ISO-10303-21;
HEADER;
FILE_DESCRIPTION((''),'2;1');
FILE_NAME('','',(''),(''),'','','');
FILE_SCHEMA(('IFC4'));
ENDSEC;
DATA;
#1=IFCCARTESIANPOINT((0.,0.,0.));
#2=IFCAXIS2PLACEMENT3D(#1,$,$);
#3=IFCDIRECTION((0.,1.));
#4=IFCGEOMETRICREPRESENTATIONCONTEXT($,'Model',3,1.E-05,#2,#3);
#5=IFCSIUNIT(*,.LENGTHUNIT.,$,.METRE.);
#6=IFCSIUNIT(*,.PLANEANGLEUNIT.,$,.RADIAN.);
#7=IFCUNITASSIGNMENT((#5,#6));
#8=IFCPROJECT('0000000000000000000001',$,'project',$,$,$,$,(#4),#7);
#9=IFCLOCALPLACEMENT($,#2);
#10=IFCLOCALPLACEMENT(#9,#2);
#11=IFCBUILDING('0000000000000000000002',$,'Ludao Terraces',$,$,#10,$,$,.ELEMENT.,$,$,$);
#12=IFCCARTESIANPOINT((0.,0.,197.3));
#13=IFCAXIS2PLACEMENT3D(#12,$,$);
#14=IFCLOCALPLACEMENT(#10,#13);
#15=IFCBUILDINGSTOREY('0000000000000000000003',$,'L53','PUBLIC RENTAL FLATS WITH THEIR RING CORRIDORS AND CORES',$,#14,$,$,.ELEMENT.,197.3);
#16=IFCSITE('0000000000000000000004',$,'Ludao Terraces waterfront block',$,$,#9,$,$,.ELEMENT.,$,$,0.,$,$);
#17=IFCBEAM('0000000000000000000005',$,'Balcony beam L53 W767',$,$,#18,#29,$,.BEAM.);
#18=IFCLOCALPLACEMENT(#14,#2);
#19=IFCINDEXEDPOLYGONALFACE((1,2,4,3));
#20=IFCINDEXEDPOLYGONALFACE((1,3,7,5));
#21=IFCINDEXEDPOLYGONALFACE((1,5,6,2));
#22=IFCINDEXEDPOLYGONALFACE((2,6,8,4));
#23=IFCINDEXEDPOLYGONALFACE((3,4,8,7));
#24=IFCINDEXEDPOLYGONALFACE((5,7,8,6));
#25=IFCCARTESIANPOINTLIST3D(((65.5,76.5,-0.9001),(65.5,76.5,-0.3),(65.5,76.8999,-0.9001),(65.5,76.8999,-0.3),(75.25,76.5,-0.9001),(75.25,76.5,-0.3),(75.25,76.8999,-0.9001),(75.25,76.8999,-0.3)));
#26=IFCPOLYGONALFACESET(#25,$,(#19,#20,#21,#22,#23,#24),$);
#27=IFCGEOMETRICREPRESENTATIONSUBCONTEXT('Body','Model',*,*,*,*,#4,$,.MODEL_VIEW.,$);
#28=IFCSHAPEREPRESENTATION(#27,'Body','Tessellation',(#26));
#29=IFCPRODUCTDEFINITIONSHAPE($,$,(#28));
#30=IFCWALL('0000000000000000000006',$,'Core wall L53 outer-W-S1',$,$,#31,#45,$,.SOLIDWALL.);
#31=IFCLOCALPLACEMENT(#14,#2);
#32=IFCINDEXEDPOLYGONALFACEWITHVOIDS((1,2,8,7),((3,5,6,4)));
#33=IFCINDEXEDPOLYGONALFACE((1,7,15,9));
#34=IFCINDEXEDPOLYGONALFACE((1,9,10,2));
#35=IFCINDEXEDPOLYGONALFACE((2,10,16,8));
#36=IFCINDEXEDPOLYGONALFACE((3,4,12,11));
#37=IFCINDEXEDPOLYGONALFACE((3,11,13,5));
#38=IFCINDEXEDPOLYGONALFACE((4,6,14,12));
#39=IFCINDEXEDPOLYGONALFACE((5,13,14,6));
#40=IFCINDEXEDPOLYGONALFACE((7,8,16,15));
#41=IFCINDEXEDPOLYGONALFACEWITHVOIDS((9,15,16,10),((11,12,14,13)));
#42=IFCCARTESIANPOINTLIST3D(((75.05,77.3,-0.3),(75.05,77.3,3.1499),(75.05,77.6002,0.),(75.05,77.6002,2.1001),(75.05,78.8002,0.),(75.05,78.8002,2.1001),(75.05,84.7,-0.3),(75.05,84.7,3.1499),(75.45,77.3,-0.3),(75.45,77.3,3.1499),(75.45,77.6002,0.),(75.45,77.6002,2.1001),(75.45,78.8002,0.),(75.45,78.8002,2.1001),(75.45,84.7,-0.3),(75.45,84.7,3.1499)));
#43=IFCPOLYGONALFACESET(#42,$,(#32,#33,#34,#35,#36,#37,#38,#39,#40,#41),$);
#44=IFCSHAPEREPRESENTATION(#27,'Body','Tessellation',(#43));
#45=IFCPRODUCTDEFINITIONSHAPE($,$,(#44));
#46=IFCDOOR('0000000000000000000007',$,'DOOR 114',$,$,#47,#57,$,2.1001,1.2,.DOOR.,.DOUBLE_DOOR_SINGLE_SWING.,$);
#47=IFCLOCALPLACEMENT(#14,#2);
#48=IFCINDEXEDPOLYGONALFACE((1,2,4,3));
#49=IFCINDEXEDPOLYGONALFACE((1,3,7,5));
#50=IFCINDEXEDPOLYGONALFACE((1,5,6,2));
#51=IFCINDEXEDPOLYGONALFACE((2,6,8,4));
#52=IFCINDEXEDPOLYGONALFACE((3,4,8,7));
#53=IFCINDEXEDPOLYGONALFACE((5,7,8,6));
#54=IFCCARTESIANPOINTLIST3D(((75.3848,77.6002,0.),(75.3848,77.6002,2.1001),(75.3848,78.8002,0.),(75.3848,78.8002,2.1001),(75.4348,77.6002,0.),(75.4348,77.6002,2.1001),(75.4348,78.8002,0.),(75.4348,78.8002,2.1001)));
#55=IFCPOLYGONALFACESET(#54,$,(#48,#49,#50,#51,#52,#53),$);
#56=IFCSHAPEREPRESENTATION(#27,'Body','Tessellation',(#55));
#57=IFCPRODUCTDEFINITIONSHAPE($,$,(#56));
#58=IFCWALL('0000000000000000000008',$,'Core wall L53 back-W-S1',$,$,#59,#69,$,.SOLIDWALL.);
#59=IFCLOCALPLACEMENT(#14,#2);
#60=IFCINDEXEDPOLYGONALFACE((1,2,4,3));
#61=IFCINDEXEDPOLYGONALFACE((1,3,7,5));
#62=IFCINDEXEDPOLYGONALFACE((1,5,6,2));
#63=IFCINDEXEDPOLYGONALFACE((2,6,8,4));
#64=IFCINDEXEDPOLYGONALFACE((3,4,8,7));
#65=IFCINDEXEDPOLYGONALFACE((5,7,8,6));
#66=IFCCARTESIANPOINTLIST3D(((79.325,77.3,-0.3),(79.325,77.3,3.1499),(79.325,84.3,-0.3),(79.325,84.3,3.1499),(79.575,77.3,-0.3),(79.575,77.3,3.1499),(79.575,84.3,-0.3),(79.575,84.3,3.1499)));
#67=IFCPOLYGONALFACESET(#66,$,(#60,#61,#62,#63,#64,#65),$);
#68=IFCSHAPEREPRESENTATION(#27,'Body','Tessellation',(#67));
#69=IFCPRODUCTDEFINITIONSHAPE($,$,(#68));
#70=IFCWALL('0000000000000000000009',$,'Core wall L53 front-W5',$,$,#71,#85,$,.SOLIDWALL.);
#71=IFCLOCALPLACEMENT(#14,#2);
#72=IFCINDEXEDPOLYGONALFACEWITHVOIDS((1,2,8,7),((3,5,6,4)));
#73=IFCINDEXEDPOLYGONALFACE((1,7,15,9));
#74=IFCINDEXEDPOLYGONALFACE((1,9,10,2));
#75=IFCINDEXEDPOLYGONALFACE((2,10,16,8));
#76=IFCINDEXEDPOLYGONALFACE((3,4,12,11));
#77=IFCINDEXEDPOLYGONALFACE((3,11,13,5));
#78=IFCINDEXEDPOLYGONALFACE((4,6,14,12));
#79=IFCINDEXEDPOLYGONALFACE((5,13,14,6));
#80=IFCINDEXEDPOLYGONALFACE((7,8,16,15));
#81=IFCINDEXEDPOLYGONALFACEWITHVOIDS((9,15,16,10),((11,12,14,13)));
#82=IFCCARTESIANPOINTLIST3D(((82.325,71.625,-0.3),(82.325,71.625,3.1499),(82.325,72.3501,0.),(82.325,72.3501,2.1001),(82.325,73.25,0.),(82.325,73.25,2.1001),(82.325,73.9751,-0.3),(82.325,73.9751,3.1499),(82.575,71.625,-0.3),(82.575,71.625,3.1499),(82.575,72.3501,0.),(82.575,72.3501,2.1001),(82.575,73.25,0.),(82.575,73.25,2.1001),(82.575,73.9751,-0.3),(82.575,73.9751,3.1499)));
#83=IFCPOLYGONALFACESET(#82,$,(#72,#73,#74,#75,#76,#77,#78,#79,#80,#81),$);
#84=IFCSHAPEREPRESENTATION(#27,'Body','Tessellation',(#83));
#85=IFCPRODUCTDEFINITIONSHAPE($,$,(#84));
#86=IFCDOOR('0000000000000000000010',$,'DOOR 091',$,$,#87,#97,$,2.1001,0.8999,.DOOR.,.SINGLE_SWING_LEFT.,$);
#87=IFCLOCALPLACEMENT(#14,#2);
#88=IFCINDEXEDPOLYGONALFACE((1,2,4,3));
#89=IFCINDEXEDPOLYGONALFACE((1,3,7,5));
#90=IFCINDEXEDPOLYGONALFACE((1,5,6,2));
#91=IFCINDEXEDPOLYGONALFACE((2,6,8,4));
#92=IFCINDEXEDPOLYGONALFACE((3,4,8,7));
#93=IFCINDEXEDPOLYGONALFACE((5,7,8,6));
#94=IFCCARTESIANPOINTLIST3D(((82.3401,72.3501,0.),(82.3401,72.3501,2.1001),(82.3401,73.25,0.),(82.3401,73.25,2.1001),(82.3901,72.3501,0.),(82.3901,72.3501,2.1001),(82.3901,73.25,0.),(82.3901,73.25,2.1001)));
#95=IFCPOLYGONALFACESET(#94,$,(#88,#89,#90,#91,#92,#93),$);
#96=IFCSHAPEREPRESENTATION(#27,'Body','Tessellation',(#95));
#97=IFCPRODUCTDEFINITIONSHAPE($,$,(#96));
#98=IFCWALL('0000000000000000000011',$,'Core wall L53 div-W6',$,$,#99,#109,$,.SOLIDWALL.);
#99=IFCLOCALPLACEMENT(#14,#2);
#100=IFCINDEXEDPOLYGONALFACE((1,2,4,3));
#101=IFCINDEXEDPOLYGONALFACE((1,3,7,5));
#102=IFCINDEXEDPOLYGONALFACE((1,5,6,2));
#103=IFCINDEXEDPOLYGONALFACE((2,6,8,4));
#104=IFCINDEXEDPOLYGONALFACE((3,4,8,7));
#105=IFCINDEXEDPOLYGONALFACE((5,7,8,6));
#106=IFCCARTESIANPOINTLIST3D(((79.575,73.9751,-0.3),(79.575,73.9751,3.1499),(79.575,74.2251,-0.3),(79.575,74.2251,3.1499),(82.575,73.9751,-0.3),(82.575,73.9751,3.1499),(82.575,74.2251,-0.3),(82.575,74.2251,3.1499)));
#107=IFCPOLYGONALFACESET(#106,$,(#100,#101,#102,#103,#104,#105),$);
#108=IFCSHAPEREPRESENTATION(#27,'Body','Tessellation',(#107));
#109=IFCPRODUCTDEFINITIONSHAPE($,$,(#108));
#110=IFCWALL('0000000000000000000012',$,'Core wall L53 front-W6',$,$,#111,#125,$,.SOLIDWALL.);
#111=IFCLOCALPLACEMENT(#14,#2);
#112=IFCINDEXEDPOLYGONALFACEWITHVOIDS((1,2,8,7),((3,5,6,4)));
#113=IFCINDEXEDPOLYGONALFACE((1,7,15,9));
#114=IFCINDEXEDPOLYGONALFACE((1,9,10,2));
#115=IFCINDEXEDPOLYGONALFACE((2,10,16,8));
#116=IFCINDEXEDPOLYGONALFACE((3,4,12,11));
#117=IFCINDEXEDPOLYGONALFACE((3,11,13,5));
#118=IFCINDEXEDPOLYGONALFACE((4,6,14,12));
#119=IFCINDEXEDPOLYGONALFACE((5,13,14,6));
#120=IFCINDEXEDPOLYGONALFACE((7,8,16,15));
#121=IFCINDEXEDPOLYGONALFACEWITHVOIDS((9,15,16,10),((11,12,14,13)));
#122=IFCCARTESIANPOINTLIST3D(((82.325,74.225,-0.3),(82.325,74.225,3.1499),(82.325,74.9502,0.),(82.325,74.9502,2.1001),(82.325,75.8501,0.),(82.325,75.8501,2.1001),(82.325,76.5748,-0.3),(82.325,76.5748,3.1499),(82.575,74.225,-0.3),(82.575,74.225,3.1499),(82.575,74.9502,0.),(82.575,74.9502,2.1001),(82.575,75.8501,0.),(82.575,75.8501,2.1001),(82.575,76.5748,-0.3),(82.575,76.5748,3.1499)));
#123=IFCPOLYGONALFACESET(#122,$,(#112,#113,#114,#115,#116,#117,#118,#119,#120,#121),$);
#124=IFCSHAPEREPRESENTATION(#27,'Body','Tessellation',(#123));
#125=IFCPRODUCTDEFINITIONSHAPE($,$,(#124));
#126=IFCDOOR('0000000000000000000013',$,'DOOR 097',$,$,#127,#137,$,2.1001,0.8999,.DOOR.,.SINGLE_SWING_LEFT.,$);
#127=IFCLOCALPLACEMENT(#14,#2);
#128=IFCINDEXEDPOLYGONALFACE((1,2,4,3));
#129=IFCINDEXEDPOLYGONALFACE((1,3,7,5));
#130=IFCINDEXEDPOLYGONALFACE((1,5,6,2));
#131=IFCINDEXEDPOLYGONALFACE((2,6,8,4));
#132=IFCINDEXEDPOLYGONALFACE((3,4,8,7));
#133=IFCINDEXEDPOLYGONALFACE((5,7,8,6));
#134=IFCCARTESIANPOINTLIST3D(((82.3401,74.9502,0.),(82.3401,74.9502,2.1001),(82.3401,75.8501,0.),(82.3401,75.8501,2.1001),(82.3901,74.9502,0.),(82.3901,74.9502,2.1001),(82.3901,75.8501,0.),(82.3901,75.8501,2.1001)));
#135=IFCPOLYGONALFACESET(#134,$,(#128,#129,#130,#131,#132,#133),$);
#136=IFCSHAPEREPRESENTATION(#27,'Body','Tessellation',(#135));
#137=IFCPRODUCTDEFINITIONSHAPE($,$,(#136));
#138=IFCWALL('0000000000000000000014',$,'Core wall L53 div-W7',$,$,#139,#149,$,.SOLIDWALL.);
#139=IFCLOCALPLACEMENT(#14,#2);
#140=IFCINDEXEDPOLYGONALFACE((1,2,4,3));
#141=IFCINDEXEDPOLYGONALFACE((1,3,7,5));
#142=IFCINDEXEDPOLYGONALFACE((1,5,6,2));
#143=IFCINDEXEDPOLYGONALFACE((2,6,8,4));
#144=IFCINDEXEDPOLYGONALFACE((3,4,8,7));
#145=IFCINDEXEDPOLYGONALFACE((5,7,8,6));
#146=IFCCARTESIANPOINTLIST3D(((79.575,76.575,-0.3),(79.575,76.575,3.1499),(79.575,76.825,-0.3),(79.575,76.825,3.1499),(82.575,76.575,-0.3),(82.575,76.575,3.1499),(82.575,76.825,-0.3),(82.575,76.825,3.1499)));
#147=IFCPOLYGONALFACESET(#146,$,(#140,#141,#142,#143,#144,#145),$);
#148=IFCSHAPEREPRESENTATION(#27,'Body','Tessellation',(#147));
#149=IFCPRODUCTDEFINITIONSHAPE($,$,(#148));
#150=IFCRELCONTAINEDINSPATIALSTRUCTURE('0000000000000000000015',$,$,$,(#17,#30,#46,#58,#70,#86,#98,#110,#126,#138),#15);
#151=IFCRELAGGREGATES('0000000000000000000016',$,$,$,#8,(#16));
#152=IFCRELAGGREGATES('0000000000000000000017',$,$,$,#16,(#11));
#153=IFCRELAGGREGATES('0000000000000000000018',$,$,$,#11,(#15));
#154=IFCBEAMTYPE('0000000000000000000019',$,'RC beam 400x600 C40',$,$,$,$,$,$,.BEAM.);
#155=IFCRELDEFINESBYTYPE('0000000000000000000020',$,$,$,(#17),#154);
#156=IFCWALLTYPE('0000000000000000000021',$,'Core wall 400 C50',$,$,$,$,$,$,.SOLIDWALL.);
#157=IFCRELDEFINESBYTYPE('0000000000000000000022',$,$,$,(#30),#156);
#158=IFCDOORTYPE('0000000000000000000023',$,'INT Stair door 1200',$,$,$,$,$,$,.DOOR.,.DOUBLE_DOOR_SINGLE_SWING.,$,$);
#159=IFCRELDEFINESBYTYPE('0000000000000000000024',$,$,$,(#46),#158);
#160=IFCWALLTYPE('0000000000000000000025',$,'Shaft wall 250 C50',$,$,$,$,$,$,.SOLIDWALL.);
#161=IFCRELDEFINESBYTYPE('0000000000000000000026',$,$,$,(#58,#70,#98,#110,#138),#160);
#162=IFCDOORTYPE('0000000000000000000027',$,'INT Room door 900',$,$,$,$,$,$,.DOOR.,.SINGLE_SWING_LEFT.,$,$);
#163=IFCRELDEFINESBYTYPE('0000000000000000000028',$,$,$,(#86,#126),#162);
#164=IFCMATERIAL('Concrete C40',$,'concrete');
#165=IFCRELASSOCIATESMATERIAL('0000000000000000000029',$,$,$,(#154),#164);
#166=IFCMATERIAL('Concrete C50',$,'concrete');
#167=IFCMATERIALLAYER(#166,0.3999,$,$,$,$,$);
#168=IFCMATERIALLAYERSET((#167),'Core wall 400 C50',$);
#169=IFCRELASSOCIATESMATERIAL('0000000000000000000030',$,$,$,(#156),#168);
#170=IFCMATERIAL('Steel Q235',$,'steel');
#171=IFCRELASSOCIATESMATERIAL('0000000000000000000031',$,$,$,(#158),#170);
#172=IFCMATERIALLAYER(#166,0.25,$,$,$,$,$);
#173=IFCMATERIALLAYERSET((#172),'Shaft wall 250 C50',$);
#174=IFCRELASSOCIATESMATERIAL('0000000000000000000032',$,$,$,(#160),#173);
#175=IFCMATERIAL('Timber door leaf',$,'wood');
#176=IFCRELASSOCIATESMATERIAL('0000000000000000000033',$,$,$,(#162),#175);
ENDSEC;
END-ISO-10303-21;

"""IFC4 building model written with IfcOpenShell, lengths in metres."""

from ifc_helpers import new_model, si_unit, direction, frame, frame_2d, origin, origin_2d, place, context, subcontext, project, spatial, rectangle, extrude, material, layer, layer_set, material_profile, profile_set, type_object, element, fill, save


model = new_model("IFC4")

# Units and contexts
model_context = context("Model", 3, precision=1e-05, world=origin(), true_north=direction((0.0, 1.0)))
body_context = subcontext(model_context, "Body", "Model", "MODEL_VIEW")
ifc_project = project(units=[si_unit("LENGTHUNIT", "METRE"), si_unit("PLANEANGLEUNIT", "RADIAN")], contexts=[model_context])

# Site, building, storey
site_placement = place(None, origin())
site = spatial("IfcSite", under=ifc_project, at=site_placement, Name="Ludao Terraces waterfront block", CompositionType="ELEMENT", RefElevation=0.0)
building_placement = place(site_placement, origin())
building = spatial("IfcBuilding", under=site, at=building_placement, Name="Ludao Terraces", CompositionType="ELEMENT")
storey_placement = place(building_placement, frame((0.0, 0.0, 197.3)))
storey = spatial("IfcBuildingStorey", under=building, at=storey_placement, Name="L53", Description="PUBLIC RENTAL FLATS WITH THEIR RING CORRIDORS AND CORES", CompositionType="ELEMENT", Elevation=197.3)

# Beam
ifc_material_1 = material(Name="Concrete C40", Category="concrete")
ifc_material_profile = material_profile(ifc_material_1, rectangle(XDim=0.3999, YDim=0.6001, at=origin_2d()), Name="400 X 600")
ifc_profile_set = profile_set([ifc_material_profile], Name="Concrete C40")
beam_type = type_object("IfcBeamType", Name="RC beam 400x600 C40", PredefinedType="BEAM", material=ifc_profile_set)
beam_placement = place(storey_placement, frame((75.25, 76.7, -0.6001), z_axis=(-1.0, 0.0, 0.0), x_axis=(0.0, -1.0, 0.0)))
element("IfcBeam", 1, at=beam_placement, inside=storey, type_object=beam_type, Name="Balcony beam L53 W767", PredefinedType="BEAM", context=body_context, shape_type="SweptSolid", body=[
    extrude(rectangle(XDim=0.3999, YDim=0.6001, at=origin_2d()), origin(), (0.0, 0.0, 1.0), 9.75),
])

# Wall, opening, door
ifc_material_2 = material(Name="Concrete C50", Category="concrete")
ifc_layer_1 = layer(ifc_material_2, 0.3999)
ifc_layer_set_1 = layer_set([ifc_layer_1], Name="Core wall 400 C50")
wall_type_1 = type_object("IfcWallType", Name="Core wall 400 C50", PredefinedType="SOLIDWALL", material=ifc_layer_set_1)
wall_1_placement = place(storey_placement, frame((75.25, 77.3, -0.3), z_axis=(0.0, 0.0, 1.0), x_axis=(0.0, 1.0, 0.0)))
wall_1 = element("IfcWall", 2, at=wall_1_placement, inside=storey, type_object=wall_type_1, Name="Core wall L53 outer-W-S1", PredefinedType="SOLIDWALL", context=body_context, shape_type="SweptSolid", body=[
    extrude(rectangle(XDim=7.3999, YDim=0.3999, at=frame_2d((3.7, 0.0))), origin(), (0.0, 0.0, 1.0), 3.45),
])
opening_1_placement = place(wall_1_placement, frame((0.3, 0.0, 0.3)))
opening_1 = element("IfcOpeningElement", 3, at=opening_1_placement, cuts=wall_1, PredefinedType="OPENING", context=body_context, shape_type="SweptSolid", body=[
    extrude(rectangle(XDim=1.2, YDim=2.1001, at=frame_2d((0.6001, 1.05))), frame((0.0, 0.21, 0.0), z_axis=(0.0, -1.0, 0.0), x_axis=(1.0, 0.0, 0.0)), (0.0, 0.0, 1.0), 0.4199),
])
ifc_material_3 = material(Name="Steel Q235", Category="steel")
door_type_1 = type_object("IfcDoorType", Name="INT Stair door 1200", OperationType="DOUBLE_DOOR_SINGLE_SWING", PredefinedType="DOOR", material=ifc_material_3)
door_1_placement = place(opening_1_placement, origin())
door_1 = element("IfcDoor", 4, at=door_1_placement, inside=storey, type_object=door_type_1, Name="DOOR 114", OperationType="DOUBLE_DOOR_SINGLE_SWING", OverallHeight=2.1001, OverallWidth=1.2, PredefinedType="DOOR", context=body_context, shape_type="SweptSolid", body=[
    extrude(rectangle(XDim=1.2, YDim=2.1001, at=frame_2d((0.6001, 1.05))), frame((0.0, -0.1348, 0.0), z_axis=(0.0, -1.0, 0.0), x_axis=(1.0, 0.0, 0.0)), (0.0, 0.0, 1.0), 0.05),
])
fill(opening_1, door_1)

# Wall
ifc_layer_2 = layer(ifc_material_2, 0.25)
ifc_layer_set_2 = layer_set([ifc_layer_2], Name="Shaft wall 250 C50")
wall_type_2 = type_object("IfcWallType", Name="Shaft wall 250 C50", PredefinedType="SOLIDWALL", material=ifc_layer_set_2)
wall_2_placement = place(storey_placement, frame((79.45, 77.3, -0.3), z_axis=(0.0, 0.0, 1.0), x_axis=(0.0, 1.0, 0.0)))
element("IfcWall", 5, at=wall_2_placement, inside=storey, type_object=wall_type_2, Name="Core wall L53 back-W-S1", PredefinedType="SOLIDWALL", context=body_context, shape_type="SweptSolid", body=[
    extrude(rectangle(XDim=7.0, YDim=0.25, at=frame_2d((3.5, 0.0))), origin(), (0.0, 0.0, 1.0), 3.45),
])

# Wall, opening, door
wall_3_placement = place(storey_placement, frame((82.45, 71.625, -0.3), z_axis=(0.0, 0.0, 1.0), x_axis=(0.0, 1.0, 0.0)))
wall_3 = element("IfcWall", 6, at=wall_3_placement, inside=storey, type_object=wall_type_2, Name="Core wall L53 front-W5", PredefinedType="SOLIDWALL", context=body_context, shape_type="SweptSolid", body=[
    extrude(rectangle(XDim=2.3501, YDim=0.25, at=frame_2d((1.175, 0.0))), origin(), (0.0, 0.0, 1.0), 3.45),
])
opening_2_placement = place(wall_3_placement, frame((0.7251, 0.0, 0.3)))
opening_2 = element("IfcOpeningElement", 7, at=opening_2_placement, cuts=wall_3, PredefinedType="OPENING", context=body_context, shape_type="SweptSolid", body=[
    extrude(rectangle(XDim=0.8999, YDim=2.1001, at=frame_2d((0.45, 1.05))), frame((0.0, 0.135, 0.0), z_axis=(0.0, -1.0, 0.0), x_axis=(1.0, 0.0, 0.0)), (0.0, 0.0, 1.0), 0.27),
])
ifc_material_4 = material(Name="Timber door leaf", Category="wood")
door_type_2 = type_object("IfcDoorType", Name="INT Room door 900", OperationType="SINGLE_SWING_LEFT", PredefinedType="DOOR", material=ifc_material_4)
door_2_placement = place(opening_2_placement, origin())
door_2 = element("IfcDoor", 8, at=door_2_placement, inside=storey, type_object=door_type_2, Name="DOOR 091", OperationType="SINGLE_SWING_LEFT", OverallHeight=2.1001, OverallWidth=0.8999, PredefinedType="DOOR", context=body_context, shape_type="SweptSolid", body=[
    extrude(rectangle(XDim=0.8999, YDim=2.1001, at=frame_2d((0.45, 1.05))), frame((0.0, 0.1099, 0.0), z_axis=(0.0, -1.0, 0.0), x_axis=(1.0, 0.0, 0.0)), (0.0, 0.0, 1.0), 0.05),
])
fill(opening_2, door_2)

# Wall
wall_4_placement = place(storey_placement, frame((79.575, 74.1001, -0.3), z_axis=(0.0, 0.0, 1.0), x_axis=(1.0, 0.0, 0.0)))
element("IfcWall", 9, at=wall_4_placement, inside=storey, type_object=wall_type_2, Name="Core wall L53 div-W6", PredefinedType="SOLIDWALL", context=body_context, shape_type="SweptSolid", body=[
    extrude(rectangle(XDim=3.0, YDim=0.25, at=frame_2d((1.5, 0.0))), origin(), (0.0, 0.0, 1.0), 3.45),
])

# Wall, opening, door
wall_5_placement = place(storey_placement, frame((82.45, 74.2251, -0.3), z_axis=(0.0, 0.0, 1.0), x_axis=(0.0, 1.0, 0.0)))
wall_5 = element("IfcWall", 10, at=wall_5_placement, inside=storey, type_object=wall_type_2, Name="Core wall L53 front-W6", PredefinedType="SOLIDWALL", context=body_context, shape_type="SweptSolid", body=[
    extrude(rectangle(XDim=2.3499, YDim=0.25, at=frame_2d((1.1748, 0.0))), origin(), (0.0, 0.0, 1.0), 3.45),
])
opening_3_placement = place(wall_5_placement, frame((0.7251, 0.0, 0.3)))
opening_3 = element("IfcOpeningElement", 11, at=opening_3_placement, cuts=wall_5, PredefinedType="OPENING", context=body_context, shape_type="SweptSolid", body=[
    extrude(rectangle(XDim=0.8999, YDim=2.1001, at=frame_2d((0.45, 1.05))), frame((0.0, 0.135, 0.0), z_axis=(0.0, -1.0, 0.0), x_axis=(1.0, 0.0, 0.0)), (0.0, 0.0, 1.0), 0.27),
])
door_3_placement = place(opening_3_placement, origin())
door_3 = element("IfcDoor", 12, at=door_3_placement, inside=storey, type_object=door_type_2, Name="DOOR 097", OperationType="SINGLE_SWING_LEFT", OverallHeight=2.1001, OverallWidth=0.8999, PredefinedType="DOOR", context=body_context, shape_type="SweptSolid", body=[
    extrude(rectangle(XDim=0.8999, YDim=2.1001, at=frame_2d((0.45, 1.05))), frame((0.0, 0.1099, 0.0), z_axis=(0.0, -1.0, 0.0), x_axis=(1.0, 0.0, 0.0)), (0.0, 0.0, 1.0), 0.05),
])
fill(opening_3, door_3)

# Wall
wall_6_placement = place(storey_placement, frame((79.575, 76.7, -0.3), z_axis=(0.0, 0.0, 1.0), x_axis=(1.0, 0.0, 0.0)))
element("IfcWall", 13, at=wall_6_placement, inside=storey, type_object=wall_type_2, Name="Core wall L53 div-W7", PredefinedType="SOLIDWALL", context=body_context, shape_type="SweptSolid", body=[
    extrude(rectangle(XDim=3.0, YDim=0.25, at=frame_2d((1.5, 0.0))), origin(), (0.0, 0.0, 1.0), 3.45),
])

save(model, "model.ifc")
